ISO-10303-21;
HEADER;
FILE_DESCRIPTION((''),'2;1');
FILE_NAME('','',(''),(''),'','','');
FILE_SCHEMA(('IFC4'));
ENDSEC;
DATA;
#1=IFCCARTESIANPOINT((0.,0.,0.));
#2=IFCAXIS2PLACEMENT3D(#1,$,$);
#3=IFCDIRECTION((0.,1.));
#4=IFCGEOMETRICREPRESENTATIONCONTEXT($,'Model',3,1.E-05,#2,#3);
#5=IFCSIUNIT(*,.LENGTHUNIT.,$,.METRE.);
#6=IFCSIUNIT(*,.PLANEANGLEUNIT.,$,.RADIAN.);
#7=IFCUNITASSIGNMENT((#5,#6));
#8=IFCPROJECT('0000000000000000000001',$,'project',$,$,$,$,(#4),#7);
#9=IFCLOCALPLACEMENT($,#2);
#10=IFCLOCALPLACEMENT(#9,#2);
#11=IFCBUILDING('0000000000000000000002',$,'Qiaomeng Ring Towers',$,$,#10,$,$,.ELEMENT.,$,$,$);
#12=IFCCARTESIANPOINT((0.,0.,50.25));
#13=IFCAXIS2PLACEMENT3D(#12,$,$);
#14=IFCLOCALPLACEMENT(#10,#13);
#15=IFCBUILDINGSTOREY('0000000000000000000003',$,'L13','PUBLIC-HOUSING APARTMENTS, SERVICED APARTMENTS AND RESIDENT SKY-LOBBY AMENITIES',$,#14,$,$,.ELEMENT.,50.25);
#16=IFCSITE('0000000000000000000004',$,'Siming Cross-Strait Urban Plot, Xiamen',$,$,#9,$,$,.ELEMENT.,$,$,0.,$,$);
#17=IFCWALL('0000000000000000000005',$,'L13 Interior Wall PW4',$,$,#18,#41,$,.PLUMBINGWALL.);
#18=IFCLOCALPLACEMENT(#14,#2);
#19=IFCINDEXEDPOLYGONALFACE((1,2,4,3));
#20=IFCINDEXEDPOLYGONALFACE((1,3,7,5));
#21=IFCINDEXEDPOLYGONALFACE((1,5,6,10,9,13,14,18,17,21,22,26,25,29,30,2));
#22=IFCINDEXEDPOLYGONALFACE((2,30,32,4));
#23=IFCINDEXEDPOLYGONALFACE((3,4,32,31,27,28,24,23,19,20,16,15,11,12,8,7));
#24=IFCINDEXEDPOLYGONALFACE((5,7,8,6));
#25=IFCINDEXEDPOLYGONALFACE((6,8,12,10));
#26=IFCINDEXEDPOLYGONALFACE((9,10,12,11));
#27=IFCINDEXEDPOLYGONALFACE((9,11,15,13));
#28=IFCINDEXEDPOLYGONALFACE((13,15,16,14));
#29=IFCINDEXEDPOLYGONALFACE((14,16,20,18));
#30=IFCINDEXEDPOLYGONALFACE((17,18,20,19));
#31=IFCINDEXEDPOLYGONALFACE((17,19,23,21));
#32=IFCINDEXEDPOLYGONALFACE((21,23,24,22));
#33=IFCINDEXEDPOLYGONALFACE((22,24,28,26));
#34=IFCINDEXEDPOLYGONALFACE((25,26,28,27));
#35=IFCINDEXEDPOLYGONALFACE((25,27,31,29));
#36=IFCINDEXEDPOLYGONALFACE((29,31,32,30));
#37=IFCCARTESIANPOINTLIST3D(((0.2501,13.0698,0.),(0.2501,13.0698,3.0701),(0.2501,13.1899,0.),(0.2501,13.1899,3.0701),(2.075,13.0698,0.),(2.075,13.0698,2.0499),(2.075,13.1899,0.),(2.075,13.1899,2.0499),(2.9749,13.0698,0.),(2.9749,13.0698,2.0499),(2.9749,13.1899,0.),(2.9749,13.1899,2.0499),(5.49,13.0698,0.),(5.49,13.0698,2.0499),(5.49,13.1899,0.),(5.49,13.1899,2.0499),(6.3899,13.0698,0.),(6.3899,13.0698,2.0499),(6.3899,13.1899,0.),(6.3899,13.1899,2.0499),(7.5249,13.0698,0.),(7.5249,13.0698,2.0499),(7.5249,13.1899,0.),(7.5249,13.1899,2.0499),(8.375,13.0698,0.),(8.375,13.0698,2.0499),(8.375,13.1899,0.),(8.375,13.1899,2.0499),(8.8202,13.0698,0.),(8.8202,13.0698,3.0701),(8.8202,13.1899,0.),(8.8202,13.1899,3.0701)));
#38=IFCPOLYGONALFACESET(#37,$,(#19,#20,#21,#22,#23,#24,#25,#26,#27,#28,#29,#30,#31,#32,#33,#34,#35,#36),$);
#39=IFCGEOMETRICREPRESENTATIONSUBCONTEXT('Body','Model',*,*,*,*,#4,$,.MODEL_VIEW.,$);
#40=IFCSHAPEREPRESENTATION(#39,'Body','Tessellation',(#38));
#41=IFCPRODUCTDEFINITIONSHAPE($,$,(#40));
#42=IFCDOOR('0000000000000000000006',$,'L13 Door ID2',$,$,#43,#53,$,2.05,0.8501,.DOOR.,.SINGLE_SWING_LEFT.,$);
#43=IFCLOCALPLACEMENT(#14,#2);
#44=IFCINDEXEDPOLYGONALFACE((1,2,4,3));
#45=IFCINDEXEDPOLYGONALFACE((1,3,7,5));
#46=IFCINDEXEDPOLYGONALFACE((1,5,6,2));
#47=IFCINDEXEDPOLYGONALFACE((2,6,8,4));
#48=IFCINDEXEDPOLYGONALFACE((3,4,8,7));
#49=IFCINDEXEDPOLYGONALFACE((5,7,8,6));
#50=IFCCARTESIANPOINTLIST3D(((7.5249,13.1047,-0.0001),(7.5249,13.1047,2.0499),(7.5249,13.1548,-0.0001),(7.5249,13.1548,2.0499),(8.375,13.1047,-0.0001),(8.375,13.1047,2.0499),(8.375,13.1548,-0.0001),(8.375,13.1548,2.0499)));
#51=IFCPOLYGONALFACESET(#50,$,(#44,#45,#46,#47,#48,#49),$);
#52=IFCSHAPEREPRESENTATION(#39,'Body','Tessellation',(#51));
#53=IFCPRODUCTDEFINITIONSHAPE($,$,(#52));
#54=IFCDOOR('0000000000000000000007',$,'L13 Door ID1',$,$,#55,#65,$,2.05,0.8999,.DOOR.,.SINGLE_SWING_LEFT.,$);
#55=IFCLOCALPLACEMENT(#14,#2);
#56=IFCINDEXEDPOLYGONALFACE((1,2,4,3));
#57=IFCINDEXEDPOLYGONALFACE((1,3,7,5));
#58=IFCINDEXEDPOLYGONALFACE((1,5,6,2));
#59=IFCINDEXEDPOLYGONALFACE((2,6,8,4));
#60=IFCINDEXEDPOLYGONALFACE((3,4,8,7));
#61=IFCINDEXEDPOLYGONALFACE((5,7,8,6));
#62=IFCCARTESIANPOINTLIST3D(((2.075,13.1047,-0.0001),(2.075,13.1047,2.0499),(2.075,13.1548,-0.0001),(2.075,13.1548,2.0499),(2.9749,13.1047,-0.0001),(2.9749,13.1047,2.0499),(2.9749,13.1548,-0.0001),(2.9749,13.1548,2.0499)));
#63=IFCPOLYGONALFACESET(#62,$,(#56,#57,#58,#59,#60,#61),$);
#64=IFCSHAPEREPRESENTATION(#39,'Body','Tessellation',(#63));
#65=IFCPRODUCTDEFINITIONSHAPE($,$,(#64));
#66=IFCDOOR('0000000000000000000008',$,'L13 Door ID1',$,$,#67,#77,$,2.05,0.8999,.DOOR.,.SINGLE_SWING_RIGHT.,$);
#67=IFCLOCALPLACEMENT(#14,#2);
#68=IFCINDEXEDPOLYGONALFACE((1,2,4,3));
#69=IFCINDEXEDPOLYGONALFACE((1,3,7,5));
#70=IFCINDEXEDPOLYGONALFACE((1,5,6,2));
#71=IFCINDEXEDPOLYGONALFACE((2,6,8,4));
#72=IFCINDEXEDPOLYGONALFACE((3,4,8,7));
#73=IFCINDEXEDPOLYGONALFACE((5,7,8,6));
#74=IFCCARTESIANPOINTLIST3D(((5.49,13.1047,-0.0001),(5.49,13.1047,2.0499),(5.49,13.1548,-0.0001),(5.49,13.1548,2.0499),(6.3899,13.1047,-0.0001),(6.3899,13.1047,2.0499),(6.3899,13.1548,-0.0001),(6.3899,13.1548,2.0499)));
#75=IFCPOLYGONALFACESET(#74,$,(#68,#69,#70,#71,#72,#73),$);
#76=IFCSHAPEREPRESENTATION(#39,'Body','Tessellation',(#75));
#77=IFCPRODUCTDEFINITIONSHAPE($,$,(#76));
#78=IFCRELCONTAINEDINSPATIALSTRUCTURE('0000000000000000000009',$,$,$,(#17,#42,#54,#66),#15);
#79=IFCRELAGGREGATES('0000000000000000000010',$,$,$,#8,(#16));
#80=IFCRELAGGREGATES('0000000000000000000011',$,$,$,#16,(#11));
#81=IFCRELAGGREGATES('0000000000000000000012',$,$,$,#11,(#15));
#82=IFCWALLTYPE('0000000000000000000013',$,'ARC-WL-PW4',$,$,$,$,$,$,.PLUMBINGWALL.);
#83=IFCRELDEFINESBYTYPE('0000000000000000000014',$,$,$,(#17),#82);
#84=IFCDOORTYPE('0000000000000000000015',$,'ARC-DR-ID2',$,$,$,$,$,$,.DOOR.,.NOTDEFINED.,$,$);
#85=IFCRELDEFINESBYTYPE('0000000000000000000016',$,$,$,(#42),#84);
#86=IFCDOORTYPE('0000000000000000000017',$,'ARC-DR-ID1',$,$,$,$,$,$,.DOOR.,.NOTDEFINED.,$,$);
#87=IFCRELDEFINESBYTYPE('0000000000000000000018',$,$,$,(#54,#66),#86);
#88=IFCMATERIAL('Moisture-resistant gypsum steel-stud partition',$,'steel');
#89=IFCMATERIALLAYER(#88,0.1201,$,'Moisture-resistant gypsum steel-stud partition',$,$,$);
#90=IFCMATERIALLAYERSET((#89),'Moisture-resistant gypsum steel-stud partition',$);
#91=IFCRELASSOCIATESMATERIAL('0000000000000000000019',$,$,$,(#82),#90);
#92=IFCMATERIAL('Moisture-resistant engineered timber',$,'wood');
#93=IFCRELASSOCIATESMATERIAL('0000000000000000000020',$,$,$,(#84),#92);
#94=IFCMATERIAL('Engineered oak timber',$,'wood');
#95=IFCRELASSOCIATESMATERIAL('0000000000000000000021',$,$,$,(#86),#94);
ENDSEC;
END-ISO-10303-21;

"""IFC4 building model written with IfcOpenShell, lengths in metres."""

from ifc_helpers import new_model, si_unit, direction, frame, frame_2d, origin, place, context, subcontext, project, spatial, rectangle, extrude, source, transform, mapped, material, layer, layer_set, type_object, element, fill, save


model = new_model("IFC4")

# Units and contexts
model_context = context("Model", 3, precision=1e-05, world=origin(), true_north=direction((0.0, 1.0)))
body_context = subcontext(model_context, "Body", "Model", "MODEL_VIEW")
ifc_project = project(units=[si_unit("LENGTHUNIT", "METRE"), si_unit("PLANEANGLEUNIT", "RADIAN")], contexts=[model_context])

# Site, building, storey
site_placement = place(None, origin())
site = spatial("IfcSite", under=ifc_project, at=site_placement, Name="Siming Cross-Strait Urban Plot, Xiamen", CompositionType="ELEMENT", RefElevation=0.0)
building_placement = place(site_placement, origin())
building = spatial("IfcBuilding", under=site, at=building_placement, Name="Qiaomeng Ring Towers", CompositionType="ELEMENT")
storey_placement = place(building_placement, frame((0.0, 0.0, 50.25)))
storey = spatial("IfcBuildingStorey", under=building, at=storey_placement, Name="L13", Description="PUBLIC-HOUSING APARTMENTS, SERVICED APARTMENTS AND RESIDENT SKY-LOBBY AMENITIES", CompositionType="ELEMENT", Elevation=50.25)

# Wall, openings, doors
ifc_material_1 = material(Name="Moisture-resistant gypsum steel-stud partition", Category="steel")
ifc_layer_1 = layer(ifc_material_1, 0.1201, Name="Moisture-resistant gypsum steel-stud partition")
ifc_layer_set_1 = layer_set([ifc_layer_1], Name="Moisture-resistant gypsum steel-stud partition")
wall_type_1 = type_object("IfcWallType", Name="ARC-WL-PW4", PredefinedType="PLUMBINGWALL", material=ifc_layer_set_1)
wall_1_placement = place(storey_placement, frame((0.25, 13.1299, 0.0), z_axis=(0.0, 0.0, 1.0), x_axis=(1.0, 0.0, 0.0)))
wall_1 = element("IfcWall", 1, at=wall_1_placement, inside=storey, type_object=wall_type_1, Name="L13 Interior Wall PW4", PredefinedType="PLUMBINGWALL", context=body_context, shape_type="SweptSolid", body=[
    extrude(rectangle(XDim=8.5701, YDim=0.1201, at=frame_2d((4.2852, 0.0))), origin(), (0.0, 0.0, 1.0), 3.0701),
])
opening_1_placement = place(wall_1_placement, frame((1.825, 0.0, 0.0)))
opening_1 = element("IfcOpeningElement", 2, at=opening_1_placement, cuts=wall_1, PredefinedType="OPENING", context=body_context, shape_type="SweptSolid", body=[
    extrude(rectangle(XDim=0.8999, YDim=2.05, at=frame_2d((0.45, 1.0249))), frame((0.0, 0.0701, 0.0), z_axis=(0.0, -1.0, 0.0), x_axis=(1.0, 0.0, 0.0)), (0.0, 0.0, 1.0), 0.1401),
])
opening_2_placement = place(wall_1_placement, frame((5.24, 0.0, 0.0)))
opening_2 = element("IfcOpeningElement", 3, at=opening_2_placement, cuts=wall_1, PredefinedType="OPENING", context=body_context, shape_type="SweptSolid", body=[
    extrude(rectangle(XDim=0.8999, YDim=2.05, at=frame_2d((0.45, 1.0249))), frame((0.0, 0.0701, 0.0), z_axis=(0.0, -1.0, 0.0), x_axis=(1.0, 0.0, 0.0)), (0.0, 0.0, 1.0), 0.1401),
])
opening_3_placement = place(wall_1_placement, frame((7.2749, 0.0, 0.0)))
opening_3 = element("IfcOpeningElement", 4, at=opening_3_placement, cuts=wall_1, PredefinedType="OPENING", context=body_context, shape_type="SweptSolid", body=[
    extrude(rectangle(XDim=0.8501, YDim=2.05, at=frame_2d((0.425, 1.0249))), frame((0.0, 0.0701, 0.0), z_axis=(0.0, -1.0, 0.0), x_axis=(1.0, 0.0, 0.0)), (0.0, 0.0, 1.0), 0.1401),
])
ifc_material_2 = material(Name="Moisture-resistant engineered timber", Category="wood")
door_type_1 = type_object("IfcDoorType", Name="ARC-DR-ID2", OperationType="NOTDEFINED", PredefinedType="DOOR", material=ifc_material_2)
shared_shape_1 = source(origin(), body_context, "Body", "SweptSolid", [
    extrude(rectangle(XDim=0.8501, YDim=2.05, at=frame_2d((0.425, 1.0249))), frame((0.0, 0.0249, 0.0), z_axis=(0.0, -1.0, 0.0), x_axis=(1.0, 0.0, 0.0)), (0.0, 0.0, 1.0), 0.05),
])
door_1_placement = place(opening_3_placement, origin())
door_1 = element("IfcDoor", 5, at=door_1_placement, inside=storey, type_object=door_type_1, Name="L13 Door ID2", OperationType="SINGLE_SWING_LEFT", OverallHeight=2.05, OverallWidth=0.8501, PredefinedType="DOOR", context=body_context, shape_type="MappedRepresentation", body=[
    mapped(shared_shape_1, transform((0.0, 0.0, 0.0), x_axis=(1.0, 0.0, 0.0), y_axis=(0.0, 1.0, 0.0), z_axis=(0.0, 0.0, 1.0), scale=1.0)),
])
fill(opening_3, door_1)
ifc_material_3 = material(Name="Engineered oak timber", Category="wood")
door_type_2 = type_object("IfcDoorType", Name="ARC-DR-ID1", OperationType="NOTDEFINED", PredefinedType="DOOR", material=ifc_material_3)
shared_shape_2 = source(origin(), body_context, "Body", "SweptSolid", [
    extrude(rectangle(XDim=0.8999, YDim=2.05, at=frame_2d((0.45, 1.0249))), frame((0.0, 0.0249, 0.0), z_axis=(0.0, -1.0, 0.0), x_axis=(1.0, 0.0, 0.0)), (0.0, 0.0, 1.0), 0.05),
])
door_2_placement = place(opening_1_placement, origin())
door_2 = element("IfcDoor", 6, at=door_2_placement, inside=storey, type_object=door_type_2, Name="L13 Door ID1", OperationType="SINGLE_SWING_LEFT", OverallHeight=2.05, OverallWidth=0.8999, PredefinedType="DOOR", context=body_context, shape_type="MappedRepresentation", body=[
    mapped(shared_shape_2, transform((0.0, 0.0, 0.0), x_axis=(1.0, 0.0, 0.0), y_axis=(0.0, 1.0, 0.0), z_axis=(0.0, 0.0, 1.0), scale=1.0)),
])
fill(opening_1, door_2)
door_3_placement = place(opening_2_placement, origin())
door_3 = element("IfcDoor", 7, at=door_3_placement, inside=storey, type_object=door_type_2, Name="L13 Door ID1", OperationType="SINGLE_SWING_RIGHT", OverallHeight=2.05, OverallWidth=0.8999, PredefinedType="DOOR", context=body_context, shape_type="MappedRepresentation", body=[
    mapped(shared_shape_2, transform((0.0, 0.0, 0.0), x_axis=(1.0, 0.0, 0.0), y_axis=(0.0, 1.0, 0.0), z_axis=(0.0, 0.0, 1.0), scale=1.0)),
])
fill(opening_2, door_3)

save(model, "model.ifc")
